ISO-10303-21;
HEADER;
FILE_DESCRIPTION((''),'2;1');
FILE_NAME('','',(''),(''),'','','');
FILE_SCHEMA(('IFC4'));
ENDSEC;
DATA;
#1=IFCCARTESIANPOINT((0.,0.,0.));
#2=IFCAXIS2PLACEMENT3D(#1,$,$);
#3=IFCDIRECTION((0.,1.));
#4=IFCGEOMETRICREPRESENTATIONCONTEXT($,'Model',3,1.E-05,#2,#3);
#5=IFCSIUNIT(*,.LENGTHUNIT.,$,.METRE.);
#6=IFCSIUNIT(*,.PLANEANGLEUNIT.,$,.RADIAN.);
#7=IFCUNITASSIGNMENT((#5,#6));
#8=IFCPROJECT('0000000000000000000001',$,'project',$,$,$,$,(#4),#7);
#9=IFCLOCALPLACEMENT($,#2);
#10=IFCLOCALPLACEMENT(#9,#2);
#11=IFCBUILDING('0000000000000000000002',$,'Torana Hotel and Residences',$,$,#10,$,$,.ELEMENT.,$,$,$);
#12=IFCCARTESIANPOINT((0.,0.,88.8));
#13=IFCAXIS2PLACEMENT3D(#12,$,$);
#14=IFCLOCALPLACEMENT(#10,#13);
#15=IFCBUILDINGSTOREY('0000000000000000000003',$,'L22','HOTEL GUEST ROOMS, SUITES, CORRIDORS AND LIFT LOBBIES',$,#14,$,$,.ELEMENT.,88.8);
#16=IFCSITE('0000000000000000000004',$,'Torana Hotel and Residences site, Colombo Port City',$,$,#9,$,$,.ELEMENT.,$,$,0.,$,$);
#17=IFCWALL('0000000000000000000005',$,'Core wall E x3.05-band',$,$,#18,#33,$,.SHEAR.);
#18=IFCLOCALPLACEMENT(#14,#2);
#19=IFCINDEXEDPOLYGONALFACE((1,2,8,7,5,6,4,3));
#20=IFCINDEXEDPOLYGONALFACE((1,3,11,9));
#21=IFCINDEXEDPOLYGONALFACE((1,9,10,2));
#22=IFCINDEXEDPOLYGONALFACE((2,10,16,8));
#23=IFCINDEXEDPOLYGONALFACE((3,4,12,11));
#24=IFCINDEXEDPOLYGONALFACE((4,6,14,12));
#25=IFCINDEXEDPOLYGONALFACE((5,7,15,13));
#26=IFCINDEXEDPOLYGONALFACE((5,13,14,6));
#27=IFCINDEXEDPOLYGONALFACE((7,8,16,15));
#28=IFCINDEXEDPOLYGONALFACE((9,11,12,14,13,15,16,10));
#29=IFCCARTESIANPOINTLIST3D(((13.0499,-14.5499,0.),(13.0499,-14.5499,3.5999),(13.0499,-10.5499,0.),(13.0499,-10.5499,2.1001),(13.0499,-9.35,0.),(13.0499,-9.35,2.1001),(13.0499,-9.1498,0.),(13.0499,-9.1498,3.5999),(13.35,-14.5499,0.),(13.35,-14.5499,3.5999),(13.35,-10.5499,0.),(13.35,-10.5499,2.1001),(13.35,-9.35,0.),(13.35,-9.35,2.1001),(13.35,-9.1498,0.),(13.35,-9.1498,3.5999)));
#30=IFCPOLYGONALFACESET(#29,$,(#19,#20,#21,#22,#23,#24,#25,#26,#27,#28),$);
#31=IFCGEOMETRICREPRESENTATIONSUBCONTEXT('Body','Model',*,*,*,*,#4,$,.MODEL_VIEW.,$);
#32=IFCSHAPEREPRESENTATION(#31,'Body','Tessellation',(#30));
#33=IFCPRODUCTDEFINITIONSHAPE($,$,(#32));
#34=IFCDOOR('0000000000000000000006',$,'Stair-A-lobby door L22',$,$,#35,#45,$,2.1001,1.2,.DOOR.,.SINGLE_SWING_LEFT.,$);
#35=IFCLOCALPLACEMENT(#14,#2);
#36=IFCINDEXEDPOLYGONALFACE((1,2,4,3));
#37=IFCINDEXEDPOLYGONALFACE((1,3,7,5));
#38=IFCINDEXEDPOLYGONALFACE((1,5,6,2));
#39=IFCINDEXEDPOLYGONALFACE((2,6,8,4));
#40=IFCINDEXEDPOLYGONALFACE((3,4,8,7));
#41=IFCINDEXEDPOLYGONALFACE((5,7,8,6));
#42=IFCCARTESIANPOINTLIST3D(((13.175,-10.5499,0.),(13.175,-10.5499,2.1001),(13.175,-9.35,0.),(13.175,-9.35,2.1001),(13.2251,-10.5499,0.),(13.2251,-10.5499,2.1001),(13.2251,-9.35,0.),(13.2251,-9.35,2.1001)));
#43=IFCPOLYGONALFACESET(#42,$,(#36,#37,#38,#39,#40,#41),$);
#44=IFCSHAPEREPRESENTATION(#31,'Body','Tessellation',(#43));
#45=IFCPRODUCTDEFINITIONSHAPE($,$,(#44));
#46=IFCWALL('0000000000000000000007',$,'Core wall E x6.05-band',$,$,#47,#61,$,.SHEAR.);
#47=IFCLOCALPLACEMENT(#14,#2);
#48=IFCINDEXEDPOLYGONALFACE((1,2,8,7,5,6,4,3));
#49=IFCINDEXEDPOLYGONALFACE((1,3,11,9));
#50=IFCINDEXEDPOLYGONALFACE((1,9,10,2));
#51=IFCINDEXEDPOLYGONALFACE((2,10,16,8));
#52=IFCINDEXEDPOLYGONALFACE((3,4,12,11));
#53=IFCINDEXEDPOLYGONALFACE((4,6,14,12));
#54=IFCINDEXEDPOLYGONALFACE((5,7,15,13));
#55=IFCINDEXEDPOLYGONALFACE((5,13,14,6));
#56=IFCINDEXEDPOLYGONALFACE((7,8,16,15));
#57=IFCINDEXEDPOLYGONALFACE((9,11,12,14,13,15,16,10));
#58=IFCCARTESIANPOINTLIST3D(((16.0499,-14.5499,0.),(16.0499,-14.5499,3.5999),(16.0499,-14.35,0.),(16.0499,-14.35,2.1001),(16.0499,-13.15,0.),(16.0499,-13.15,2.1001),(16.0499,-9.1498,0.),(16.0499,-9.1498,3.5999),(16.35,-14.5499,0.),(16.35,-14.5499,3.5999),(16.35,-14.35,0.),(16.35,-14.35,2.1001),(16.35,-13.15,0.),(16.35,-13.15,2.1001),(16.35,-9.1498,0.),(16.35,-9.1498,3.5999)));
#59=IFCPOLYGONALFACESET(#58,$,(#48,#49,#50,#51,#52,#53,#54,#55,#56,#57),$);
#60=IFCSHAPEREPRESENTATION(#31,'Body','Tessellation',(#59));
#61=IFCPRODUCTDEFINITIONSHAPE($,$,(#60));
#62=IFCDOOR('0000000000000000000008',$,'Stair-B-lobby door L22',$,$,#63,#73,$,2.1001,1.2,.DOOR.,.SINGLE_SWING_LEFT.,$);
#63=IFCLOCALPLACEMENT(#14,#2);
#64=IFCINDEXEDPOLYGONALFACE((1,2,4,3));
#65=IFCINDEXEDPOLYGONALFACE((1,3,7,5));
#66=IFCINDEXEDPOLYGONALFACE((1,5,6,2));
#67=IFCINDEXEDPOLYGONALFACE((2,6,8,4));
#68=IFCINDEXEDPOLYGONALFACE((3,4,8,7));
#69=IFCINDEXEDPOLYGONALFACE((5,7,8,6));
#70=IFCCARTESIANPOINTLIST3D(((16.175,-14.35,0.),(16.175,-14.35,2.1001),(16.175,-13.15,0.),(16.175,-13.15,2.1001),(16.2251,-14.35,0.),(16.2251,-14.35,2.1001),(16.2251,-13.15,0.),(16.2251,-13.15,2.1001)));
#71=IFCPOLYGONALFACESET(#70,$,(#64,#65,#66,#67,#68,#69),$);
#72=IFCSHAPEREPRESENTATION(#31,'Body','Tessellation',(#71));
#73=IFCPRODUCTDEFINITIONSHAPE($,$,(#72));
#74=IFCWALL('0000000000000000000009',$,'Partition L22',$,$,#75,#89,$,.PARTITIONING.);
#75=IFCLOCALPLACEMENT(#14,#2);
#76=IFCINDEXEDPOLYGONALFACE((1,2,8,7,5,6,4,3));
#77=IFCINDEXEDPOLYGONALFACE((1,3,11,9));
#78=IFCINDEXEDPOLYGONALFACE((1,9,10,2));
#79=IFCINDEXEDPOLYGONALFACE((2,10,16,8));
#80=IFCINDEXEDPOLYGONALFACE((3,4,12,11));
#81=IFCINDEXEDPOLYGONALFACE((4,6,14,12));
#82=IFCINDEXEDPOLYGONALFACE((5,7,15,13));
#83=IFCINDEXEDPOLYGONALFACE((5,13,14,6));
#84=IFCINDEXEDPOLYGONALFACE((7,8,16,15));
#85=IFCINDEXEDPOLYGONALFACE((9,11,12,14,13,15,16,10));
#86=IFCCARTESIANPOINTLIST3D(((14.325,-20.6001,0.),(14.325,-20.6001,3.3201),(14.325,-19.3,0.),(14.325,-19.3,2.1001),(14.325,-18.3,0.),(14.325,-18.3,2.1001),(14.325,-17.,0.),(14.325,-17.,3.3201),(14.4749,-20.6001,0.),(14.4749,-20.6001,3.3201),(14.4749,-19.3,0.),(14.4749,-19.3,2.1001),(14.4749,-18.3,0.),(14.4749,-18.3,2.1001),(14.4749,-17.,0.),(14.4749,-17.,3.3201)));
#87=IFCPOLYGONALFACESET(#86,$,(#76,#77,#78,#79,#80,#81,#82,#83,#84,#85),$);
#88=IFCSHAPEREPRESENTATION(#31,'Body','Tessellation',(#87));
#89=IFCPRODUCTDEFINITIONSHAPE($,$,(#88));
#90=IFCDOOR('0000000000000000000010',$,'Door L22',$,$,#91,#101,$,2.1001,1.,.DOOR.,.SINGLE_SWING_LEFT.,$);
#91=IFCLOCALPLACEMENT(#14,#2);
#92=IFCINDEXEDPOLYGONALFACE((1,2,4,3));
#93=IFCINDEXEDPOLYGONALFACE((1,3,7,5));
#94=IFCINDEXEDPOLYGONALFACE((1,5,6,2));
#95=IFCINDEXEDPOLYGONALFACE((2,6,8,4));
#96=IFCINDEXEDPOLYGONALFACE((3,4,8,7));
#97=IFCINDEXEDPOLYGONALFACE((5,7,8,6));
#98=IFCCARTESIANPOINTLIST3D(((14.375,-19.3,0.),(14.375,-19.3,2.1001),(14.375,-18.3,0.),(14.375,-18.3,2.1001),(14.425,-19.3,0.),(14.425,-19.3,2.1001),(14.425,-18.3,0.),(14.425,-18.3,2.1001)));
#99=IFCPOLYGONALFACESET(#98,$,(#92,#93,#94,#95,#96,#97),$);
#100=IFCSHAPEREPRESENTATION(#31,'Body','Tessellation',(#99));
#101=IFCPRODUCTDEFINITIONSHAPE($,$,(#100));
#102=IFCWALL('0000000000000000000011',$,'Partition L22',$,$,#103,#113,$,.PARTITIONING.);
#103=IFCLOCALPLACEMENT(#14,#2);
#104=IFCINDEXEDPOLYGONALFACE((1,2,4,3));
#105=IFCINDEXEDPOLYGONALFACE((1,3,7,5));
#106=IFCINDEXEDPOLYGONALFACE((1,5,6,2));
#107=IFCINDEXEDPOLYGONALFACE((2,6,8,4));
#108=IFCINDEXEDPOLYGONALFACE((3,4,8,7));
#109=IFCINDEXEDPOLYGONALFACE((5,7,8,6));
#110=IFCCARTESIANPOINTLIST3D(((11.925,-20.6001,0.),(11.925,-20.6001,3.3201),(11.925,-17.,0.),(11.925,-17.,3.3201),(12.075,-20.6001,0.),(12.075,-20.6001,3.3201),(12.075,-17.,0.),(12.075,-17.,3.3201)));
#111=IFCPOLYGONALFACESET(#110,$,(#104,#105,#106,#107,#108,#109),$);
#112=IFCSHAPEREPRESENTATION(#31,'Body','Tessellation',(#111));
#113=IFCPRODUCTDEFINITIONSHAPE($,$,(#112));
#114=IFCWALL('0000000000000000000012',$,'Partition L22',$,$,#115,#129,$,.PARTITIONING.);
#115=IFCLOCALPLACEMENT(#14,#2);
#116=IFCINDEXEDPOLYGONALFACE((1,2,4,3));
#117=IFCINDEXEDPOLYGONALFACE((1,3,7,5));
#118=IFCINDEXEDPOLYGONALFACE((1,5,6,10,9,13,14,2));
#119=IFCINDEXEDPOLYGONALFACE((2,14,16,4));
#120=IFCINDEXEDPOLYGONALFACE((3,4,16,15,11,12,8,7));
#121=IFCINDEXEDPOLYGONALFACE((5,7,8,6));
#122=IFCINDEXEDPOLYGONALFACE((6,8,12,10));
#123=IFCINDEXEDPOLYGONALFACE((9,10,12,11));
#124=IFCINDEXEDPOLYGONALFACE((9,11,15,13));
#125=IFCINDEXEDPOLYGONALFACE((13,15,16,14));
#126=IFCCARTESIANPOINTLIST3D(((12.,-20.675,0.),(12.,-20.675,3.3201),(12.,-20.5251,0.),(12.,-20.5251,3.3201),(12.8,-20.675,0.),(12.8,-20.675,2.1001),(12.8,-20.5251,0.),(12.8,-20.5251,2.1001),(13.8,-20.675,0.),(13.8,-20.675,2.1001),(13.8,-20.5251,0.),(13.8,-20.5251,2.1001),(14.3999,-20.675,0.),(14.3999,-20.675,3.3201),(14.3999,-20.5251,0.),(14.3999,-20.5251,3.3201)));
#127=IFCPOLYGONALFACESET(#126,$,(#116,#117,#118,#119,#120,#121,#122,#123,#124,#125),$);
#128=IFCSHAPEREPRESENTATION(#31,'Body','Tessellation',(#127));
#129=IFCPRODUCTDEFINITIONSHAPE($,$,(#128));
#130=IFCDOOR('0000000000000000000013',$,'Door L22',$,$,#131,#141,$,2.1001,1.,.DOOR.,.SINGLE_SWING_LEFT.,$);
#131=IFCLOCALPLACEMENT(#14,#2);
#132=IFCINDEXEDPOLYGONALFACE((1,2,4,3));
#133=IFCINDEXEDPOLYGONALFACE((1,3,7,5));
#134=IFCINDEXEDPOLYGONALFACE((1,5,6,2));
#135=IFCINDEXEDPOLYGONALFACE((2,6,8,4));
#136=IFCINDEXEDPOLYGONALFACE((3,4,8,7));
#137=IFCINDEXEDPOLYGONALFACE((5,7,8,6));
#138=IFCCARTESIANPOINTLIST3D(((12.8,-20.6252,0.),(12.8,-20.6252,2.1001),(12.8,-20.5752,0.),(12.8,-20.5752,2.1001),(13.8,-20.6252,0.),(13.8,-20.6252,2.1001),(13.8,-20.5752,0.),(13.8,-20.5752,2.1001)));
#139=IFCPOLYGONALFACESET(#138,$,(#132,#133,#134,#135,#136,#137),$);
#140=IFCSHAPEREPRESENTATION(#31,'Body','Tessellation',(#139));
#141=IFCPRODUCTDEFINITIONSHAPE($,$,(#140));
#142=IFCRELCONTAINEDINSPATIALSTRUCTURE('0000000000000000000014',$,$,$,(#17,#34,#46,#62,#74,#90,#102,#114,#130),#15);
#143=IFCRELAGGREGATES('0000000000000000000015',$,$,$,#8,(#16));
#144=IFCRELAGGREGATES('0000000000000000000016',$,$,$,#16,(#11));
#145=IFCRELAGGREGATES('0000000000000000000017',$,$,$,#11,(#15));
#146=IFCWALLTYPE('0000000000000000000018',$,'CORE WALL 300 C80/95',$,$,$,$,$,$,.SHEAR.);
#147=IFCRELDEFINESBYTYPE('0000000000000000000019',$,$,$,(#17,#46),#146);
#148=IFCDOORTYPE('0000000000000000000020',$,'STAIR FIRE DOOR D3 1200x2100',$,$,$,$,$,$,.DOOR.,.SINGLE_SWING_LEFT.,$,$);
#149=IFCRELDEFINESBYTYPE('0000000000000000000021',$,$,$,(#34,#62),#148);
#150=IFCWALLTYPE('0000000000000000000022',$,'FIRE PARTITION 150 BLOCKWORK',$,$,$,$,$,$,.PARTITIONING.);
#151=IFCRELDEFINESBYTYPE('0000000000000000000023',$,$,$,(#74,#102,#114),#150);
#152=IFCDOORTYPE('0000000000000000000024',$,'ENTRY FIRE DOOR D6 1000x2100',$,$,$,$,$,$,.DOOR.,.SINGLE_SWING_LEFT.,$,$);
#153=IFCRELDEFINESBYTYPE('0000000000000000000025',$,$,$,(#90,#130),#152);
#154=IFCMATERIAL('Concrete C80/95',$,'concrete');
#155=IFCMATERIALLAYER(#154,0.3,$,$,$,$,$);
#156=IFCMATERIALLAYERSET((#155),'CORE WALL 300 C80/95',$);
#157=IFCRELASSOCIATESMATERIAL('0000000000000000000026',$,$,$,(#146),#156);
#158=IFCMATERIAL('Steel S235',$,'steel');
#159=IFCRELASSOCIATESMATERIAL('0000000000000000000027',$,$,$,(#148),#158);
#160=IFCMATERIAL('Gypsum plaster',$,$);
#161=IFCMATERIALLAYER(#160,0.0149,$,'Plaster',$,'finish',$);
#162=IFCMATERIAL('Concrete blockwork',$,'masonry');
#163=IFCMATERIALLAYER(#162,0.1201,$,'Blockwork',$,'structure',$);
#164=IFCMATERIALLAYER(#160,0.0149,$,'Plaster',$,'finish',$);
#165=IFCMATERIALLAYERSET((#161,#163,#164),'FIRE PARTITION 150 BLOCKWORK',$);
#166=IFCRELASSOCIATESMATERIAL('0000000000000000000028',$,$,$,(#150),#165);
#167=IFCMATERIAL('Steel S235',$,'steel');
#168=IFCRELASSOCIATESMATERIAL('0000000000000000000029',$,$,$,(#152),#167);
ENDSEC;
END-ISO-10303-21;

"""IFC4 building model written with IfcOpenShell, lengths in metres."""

from ifc_helpers import new_model, si_unit, direction, frame, frame_2d, origin, place, context, subcontext, project, spatial, rectangle, extrude, material, layer, layer_set, type_object, element, fill, save


model = new_model("IFC4")

# Units and contexts
model_context = context("Model", 3, precision=1e-05, world=origin(), true_north=direction((0.0, 1.0)))
body_context = subcontext(model_context, "Body", "Model", "MODEL_VIEW")
ifc_project = project(units=[si_unit("LENGTHUNIT", "METRE"), si_unit("PLANEANGLEUNIT", "RADIAN")], contexts=[model_context])

# Site, building, storey
site_placement = place(None, origin())
site = spatial("IfcSite", under=ifc_project, at=site_placement, Name="Torana Hotel and Residences site, Colombo Port City", CompositionType="ELEMENT", RefElevation=0.0)
building_placement = place(site_placement, origin())
building = spatial("IfcBuilding", under=site, at=building_placement, Name="Torana Hotel and Residences", CompositionType="ELEMENT")
storey_placement = place(building_placement, frame((0.0, 0.0, 88.8)))
storey = spatial("IfcBuildingStorey", under=building, at=storey_placement, Name="L22", Description="HOTEL GUEST ROOMS, SUITES, CORRIDORS AND LIFT LOBBIES", CompositionType="ELEMENT", Elevation=88.8)

# Walls, openings, doors
ifc_material_1 = material(Name="Concrete C80/95", Category="concrete")
ifc_layer_1 = layer(ifc_material_1, 0.3)
ifc_layer_set_1 = layer_set([ifc_layer_1], Name="CORE WALL 300 C80/95")
wall_type_1 = type_object("IfcWallType", Name="CORE WALL 300 C80/95", PredefinedType="SHEAR", material=ifc_layer_set_1)
wall_1_placement = place(storey_placement, frame((13.2, -14.55, 0.0), z_axis=(0.0, 0.0, 1.0), x_axis=(0.0, 1.0, 0.0)))
wall_1 = element("IfcWall", 1, at=wall_1_placement, inside=storey, type_object=wall_type_1, Name="Core wall E x3.05-band", PredefinedType="SHEAR", context=body_context, shape_type="SweptSolid", body=[
    extrude(rectangle(XDim=5.4001, YDim=0.3, at=frame_2d((2.7002, 0.0))), origin(), (0.0, 0.0, 1.0), 3.5999),
])
opening_1_placement = place(wall_1_placement, frame((4.0, 0.0, 0.0)))
opening_1 = element("IfcOpeningElement", 2, at=opening_1_placement, cuts=wall_1, PredefinedType="OPENING", context=body_context, shape_type="SweptSolid", body=[
    extrude(rectangle(XDim=1.2, YDim=2.1001, at=frame_2d((0.6001, 1.05))), frame((0.0, 0.1599, 0.0), z_axis=(0.0, -1.0, 0.0), x_axis=(1.0, 0.0, 0.0)), (0.0, 0.0, 1.0), 0.3201),
])
ifc_material_2 = material(Name="Steel S235", Category="steel")
door_type_1 = type_object("IfcDoorType", Name="STAIR FIRE DOOR D3 1200x2100", OperationType="SINGLE_SWING_LEFT", PredefinedType="DOOR", material=ifc_material_2)
door_1_placement = place(opening_1_placement, origin())
door_1 = element("IfcDoor", 3, at=door_1_placement, inside=storey, type_object=door_type_1, Name="Stair-A-lobby door L22", OperationType="SINGLE_SWING_LEFT", OverallHeight=2.1001, OverallWidth=1.2, PredefinedType="DOOR", context=body_context, shape_type="SweptSolid", body=[
    extrude(rectangle(XDim=1.2, YDim=2.1001, at=frame_2d((0.6001, 1.05))), frame((0.0, 0.0249, 0.0), z_axis=(0.0, -1.0, 0.0), x_axis=(1.0, 0.0, 0.0)), (0.0, 0.0, 1.0), 0.05),
])
fill(opening_1, door_1)
wall_2_placement = place(storey_placement, frame((16.2, -14.55, 0.0), z_axis=(0.0, 0.0, 1.0), x_axis=(0.0, 1.0, 0.0)))
wall_2 = element("IfcWall", 4, at=wall_2_placement, inside=storey, type_object=wall_type_1, Name="Core wall E x6.05-band", PredefinedType="SHEAR", context=body_context, shape_type="SweptSolid", body=[
    extrude(rectangle(XDim=5.4001, YDim=0.3, at=frame_2d((2.7002, 0.0))), origin(), (0.0, 0.0, 1.0), 3.5999),
])
opening_2_placement = place(wall_2_placement, frame((0.2, 0.0, 0.0)))
opening_2 = element("IfcOpeningElement", 5, at=opening_2_placement, cuts=wall_2, PredefinedType="OPENING", context=body_context, shape_type="SweptSolid", body=[
    extrude(rectangle(XDim=1.2, YDim=2.1001, at=frame_2d((0.6001, 1.05))), frame((0.0, 0.1599, 0.0), z_axis=(0.0, -1.0, 0.0), x_axis=(1.0, 0.0, 0.0)), (0.0, 0.0, 1.0), 0.3201),
])
door_2_placement = place(opening_2_placement, frame((0.6001, 0.0, 0.0), z_axis=(0.0, 0.0, 1.0), x_axis=(-1.0, 0.0, 0.0)))
door_2 = element("IfcDoor", 6, at=door_2_placement, inside=storey, type_object=door_type_1, Name="Stair-B-lobby door L22", OperationType="SINGLE_SWING_LEFT", OverallHeight=2.1001, OverallWidth=1.2, PredefinedType="DOOR", context=body_context, shape_type="SweptSolid", body=[
    extrude(rectangle(XDim=1.2, YDim=2.1001, at=frame_2d((0.0, 1.05))), frame((0.0, -0.0249, 0.0), z_axis=(0.0, 1.0, 0.0), x_axis=(-1.0, 0.0, 0.0)), (0.0, 0.0, 1.0), 0.05),
])
fill(opening_2, door_2)
ifc_material_3 = material(Name="Gypsum plaster")
ifc_layer_2 = layer(ifc_material_3, 0.0149, Name="Plaster", Category="finish")
ifc_material_4 = material(Name="Concrete blockwork", Category="masonry")
ifc_layer_3 = layer(ifc_material_4, 0.1201, Name="Blockwork", Category="structure")
ifc_layer_4 = layer(ifc_material_3, 0.0149, Name="Plaster", Category="finish")
ifc_layer_set_2 = layer_set([ifc_layer_2, ifc_layer_3, ifc_layer_4], Name="FIRE PARTITION 150 BLOCKWORK")
wall_type_2 = type_object("IfcWallType", Name="FIRE PARTITION 150 BLOCKWORK", PredefinedType="PARTITIONING", material=ifc_layer_set_2)
wall_3_placement = place(storey_placement, frame((14.3999, -20.6001, 0.0), z_axis=(0.0, 0.0, 1.0), x_axis=(0.0, 1.0, 0.0)))
wall_3 = element("IfcWall", 7, at=wall_3_placement, inside=storey, type_object=wall_type_2, Name="Partition L22", PredefinedType="PARTITIONING", context=body_context, shape_type="SweptSolid", body=[
    extrude(rectangle(XDim=3.6001, YDim=0.1499, at=frame_2d((1.8, 0.0))), origin(), (0.0, 0.0, 1.0), 3.3201),
])
opening_3_placement = place(wall_3_placement, frame((1.3, 0.0, 0.0)))
opening_3 = element("IfcOpeningElement", 8, at=opening_3_placement, cuts=wall_3, PredefinedType="OPENING", context=body_context, shape_type="SweptSolid", body=[
    extrude(rectangle(XDim=1.0, YDim=2.1001, at=frame_2d((0.5, 1.05))), frame((0.0, 0.085, 0.0), z_axis=(0.0, -1.0, 0.0), x_axis=(1.0, 0.0, 0.0)), (0.0, 0.0, 1.0), 0.1699),
])
ifc_material_5 = material(Name="Steel S235", Category="steel")
door_type_2 = type_object("IfcDoorType", Name="ENTRY FIRE DOOR D6 1000x2100", OperationType="SINGLE_SWING_LEFT", PredefinedType="DOOR", material=ifc_material_5)
door_3_placement = place(opening_3_placement, frame((0.5, 0.0, 0.0), z_axis=(0.0, 0.0, 1.0), x_axis=(-1.0, 0.0, 0.0)))
door_3 = element("IfcDoor", 9, at=door_3_placement, inside=storey, type_object=door_type_2, Name="Door L22", OperationType="SINGLE_SWING_LEFT", OverallHeight=2.1001, OverallWidth=1.0, PredefinedType="DOOR", context=body_context, shape_type="SweptSolid", body=[
    extrude(rectangle(XDim=1.0, YDim=2.1001, at=frame_2d((0.0, 1.05))), frame((0.0, -0.0249, 0.0), z_axis=(0.0, 1.0, 0.0), x_axis=(-1.0, 0.0, 0.0)), (0.0, 0.0, 1.0), 0.05),
])
fill(opening_3, door_3)

# Wall
wall_4_placement = place(storey_placement, frame((12.0, -20.6001, 0.0), z_axis=(0.0, 0.0, 1.0), x_axis=(0.0, 1.0, 0.0)))
element("IfcWall", 10, at=wall_4_placement, inside=storey, type_object=wall_type_2, Name="Partition L22", PredefinedType="PARTITIONING", context=body_context, shape_type="SweptSolid", body=[
    extrude(rectangle(XDim=3.6001, YDim=0.1499, at=frame_2d((1.8, 0.0))), origin(), (0.0, 0.0, 1.0), 3.3201),
])

# Wall, opening, door
wall_5_placement = place(storey_placement, frame((12.0, -20.6001, 0.0), z_axis=(0.0, 0.0, 1.0), x_axis=(1.0, 0.0, 0.0)))
wall_5 = element("IfcWall", 11, at=wall_5_placement, inside=storey, type_object=wall_type_2, Name="Partition L22", PredefinedType="PARTITIONING", context=body_context, shape_type="SweptSolid", body=[
    extrude(rectangle(XDim=2.3999, YDim=0.1499, at=frame_2d((1.2, 0.0))), origin(), (0.0, 0.0, 1.0), 3.3201),
])
opening_4_placement = place(wall_5_placement, frame((0.8, 0.0, 0.0)))
opening_4 = element("IfcOpeningElement", 12, at=opening_4_placement, cuts=wall_5, PredefinedType="OPENING", context=body_context, shape_type="SweptSolid", body=[
    extrude(rectangle(XDim=1.0, YDim=2.1001, at=frame_2d((0.5, 1.05))), frame((0.0, 0.085, 0.0), z_axis=(0.0, -1.0, 0.0), x_axis=(1.0, 0.0, 0.0)), (0.0, 0.0, 1.0), 0.1699),
])
door_4_placement = place(opening_4_placement, frame((0.5, 0.0, 0.0), z_axis=(0.0, 0.0, 1.0), x_axis=(-1.0, 0.0, 0.0)))
door_4 = element("IfcDoor", 13, at=door_4_placement, inside=storey, type_object=door_type_2, Name="Door L22", OperationType="SINGLE_SWING_LEFT", OverallHeight=2.1001, OverallWidth=1.0, PredefinedType="DOOR", context=body_context, shape_type="SweptSolid", body=[
    extrude(rectangle(XDim=1.0, YDim=2.1001, at=frame_2d((0.0, 1.05))), frame((0.0, -0.0249, 0.0), z_axis=(0.0, 1.0, 0.0), x_axis=(-1.0, 0.0, 0.0)), (0.0, 0.0, 1.0), 0.05),
])
fill(opening_4, door_4)

save(model, "model.ifc")
